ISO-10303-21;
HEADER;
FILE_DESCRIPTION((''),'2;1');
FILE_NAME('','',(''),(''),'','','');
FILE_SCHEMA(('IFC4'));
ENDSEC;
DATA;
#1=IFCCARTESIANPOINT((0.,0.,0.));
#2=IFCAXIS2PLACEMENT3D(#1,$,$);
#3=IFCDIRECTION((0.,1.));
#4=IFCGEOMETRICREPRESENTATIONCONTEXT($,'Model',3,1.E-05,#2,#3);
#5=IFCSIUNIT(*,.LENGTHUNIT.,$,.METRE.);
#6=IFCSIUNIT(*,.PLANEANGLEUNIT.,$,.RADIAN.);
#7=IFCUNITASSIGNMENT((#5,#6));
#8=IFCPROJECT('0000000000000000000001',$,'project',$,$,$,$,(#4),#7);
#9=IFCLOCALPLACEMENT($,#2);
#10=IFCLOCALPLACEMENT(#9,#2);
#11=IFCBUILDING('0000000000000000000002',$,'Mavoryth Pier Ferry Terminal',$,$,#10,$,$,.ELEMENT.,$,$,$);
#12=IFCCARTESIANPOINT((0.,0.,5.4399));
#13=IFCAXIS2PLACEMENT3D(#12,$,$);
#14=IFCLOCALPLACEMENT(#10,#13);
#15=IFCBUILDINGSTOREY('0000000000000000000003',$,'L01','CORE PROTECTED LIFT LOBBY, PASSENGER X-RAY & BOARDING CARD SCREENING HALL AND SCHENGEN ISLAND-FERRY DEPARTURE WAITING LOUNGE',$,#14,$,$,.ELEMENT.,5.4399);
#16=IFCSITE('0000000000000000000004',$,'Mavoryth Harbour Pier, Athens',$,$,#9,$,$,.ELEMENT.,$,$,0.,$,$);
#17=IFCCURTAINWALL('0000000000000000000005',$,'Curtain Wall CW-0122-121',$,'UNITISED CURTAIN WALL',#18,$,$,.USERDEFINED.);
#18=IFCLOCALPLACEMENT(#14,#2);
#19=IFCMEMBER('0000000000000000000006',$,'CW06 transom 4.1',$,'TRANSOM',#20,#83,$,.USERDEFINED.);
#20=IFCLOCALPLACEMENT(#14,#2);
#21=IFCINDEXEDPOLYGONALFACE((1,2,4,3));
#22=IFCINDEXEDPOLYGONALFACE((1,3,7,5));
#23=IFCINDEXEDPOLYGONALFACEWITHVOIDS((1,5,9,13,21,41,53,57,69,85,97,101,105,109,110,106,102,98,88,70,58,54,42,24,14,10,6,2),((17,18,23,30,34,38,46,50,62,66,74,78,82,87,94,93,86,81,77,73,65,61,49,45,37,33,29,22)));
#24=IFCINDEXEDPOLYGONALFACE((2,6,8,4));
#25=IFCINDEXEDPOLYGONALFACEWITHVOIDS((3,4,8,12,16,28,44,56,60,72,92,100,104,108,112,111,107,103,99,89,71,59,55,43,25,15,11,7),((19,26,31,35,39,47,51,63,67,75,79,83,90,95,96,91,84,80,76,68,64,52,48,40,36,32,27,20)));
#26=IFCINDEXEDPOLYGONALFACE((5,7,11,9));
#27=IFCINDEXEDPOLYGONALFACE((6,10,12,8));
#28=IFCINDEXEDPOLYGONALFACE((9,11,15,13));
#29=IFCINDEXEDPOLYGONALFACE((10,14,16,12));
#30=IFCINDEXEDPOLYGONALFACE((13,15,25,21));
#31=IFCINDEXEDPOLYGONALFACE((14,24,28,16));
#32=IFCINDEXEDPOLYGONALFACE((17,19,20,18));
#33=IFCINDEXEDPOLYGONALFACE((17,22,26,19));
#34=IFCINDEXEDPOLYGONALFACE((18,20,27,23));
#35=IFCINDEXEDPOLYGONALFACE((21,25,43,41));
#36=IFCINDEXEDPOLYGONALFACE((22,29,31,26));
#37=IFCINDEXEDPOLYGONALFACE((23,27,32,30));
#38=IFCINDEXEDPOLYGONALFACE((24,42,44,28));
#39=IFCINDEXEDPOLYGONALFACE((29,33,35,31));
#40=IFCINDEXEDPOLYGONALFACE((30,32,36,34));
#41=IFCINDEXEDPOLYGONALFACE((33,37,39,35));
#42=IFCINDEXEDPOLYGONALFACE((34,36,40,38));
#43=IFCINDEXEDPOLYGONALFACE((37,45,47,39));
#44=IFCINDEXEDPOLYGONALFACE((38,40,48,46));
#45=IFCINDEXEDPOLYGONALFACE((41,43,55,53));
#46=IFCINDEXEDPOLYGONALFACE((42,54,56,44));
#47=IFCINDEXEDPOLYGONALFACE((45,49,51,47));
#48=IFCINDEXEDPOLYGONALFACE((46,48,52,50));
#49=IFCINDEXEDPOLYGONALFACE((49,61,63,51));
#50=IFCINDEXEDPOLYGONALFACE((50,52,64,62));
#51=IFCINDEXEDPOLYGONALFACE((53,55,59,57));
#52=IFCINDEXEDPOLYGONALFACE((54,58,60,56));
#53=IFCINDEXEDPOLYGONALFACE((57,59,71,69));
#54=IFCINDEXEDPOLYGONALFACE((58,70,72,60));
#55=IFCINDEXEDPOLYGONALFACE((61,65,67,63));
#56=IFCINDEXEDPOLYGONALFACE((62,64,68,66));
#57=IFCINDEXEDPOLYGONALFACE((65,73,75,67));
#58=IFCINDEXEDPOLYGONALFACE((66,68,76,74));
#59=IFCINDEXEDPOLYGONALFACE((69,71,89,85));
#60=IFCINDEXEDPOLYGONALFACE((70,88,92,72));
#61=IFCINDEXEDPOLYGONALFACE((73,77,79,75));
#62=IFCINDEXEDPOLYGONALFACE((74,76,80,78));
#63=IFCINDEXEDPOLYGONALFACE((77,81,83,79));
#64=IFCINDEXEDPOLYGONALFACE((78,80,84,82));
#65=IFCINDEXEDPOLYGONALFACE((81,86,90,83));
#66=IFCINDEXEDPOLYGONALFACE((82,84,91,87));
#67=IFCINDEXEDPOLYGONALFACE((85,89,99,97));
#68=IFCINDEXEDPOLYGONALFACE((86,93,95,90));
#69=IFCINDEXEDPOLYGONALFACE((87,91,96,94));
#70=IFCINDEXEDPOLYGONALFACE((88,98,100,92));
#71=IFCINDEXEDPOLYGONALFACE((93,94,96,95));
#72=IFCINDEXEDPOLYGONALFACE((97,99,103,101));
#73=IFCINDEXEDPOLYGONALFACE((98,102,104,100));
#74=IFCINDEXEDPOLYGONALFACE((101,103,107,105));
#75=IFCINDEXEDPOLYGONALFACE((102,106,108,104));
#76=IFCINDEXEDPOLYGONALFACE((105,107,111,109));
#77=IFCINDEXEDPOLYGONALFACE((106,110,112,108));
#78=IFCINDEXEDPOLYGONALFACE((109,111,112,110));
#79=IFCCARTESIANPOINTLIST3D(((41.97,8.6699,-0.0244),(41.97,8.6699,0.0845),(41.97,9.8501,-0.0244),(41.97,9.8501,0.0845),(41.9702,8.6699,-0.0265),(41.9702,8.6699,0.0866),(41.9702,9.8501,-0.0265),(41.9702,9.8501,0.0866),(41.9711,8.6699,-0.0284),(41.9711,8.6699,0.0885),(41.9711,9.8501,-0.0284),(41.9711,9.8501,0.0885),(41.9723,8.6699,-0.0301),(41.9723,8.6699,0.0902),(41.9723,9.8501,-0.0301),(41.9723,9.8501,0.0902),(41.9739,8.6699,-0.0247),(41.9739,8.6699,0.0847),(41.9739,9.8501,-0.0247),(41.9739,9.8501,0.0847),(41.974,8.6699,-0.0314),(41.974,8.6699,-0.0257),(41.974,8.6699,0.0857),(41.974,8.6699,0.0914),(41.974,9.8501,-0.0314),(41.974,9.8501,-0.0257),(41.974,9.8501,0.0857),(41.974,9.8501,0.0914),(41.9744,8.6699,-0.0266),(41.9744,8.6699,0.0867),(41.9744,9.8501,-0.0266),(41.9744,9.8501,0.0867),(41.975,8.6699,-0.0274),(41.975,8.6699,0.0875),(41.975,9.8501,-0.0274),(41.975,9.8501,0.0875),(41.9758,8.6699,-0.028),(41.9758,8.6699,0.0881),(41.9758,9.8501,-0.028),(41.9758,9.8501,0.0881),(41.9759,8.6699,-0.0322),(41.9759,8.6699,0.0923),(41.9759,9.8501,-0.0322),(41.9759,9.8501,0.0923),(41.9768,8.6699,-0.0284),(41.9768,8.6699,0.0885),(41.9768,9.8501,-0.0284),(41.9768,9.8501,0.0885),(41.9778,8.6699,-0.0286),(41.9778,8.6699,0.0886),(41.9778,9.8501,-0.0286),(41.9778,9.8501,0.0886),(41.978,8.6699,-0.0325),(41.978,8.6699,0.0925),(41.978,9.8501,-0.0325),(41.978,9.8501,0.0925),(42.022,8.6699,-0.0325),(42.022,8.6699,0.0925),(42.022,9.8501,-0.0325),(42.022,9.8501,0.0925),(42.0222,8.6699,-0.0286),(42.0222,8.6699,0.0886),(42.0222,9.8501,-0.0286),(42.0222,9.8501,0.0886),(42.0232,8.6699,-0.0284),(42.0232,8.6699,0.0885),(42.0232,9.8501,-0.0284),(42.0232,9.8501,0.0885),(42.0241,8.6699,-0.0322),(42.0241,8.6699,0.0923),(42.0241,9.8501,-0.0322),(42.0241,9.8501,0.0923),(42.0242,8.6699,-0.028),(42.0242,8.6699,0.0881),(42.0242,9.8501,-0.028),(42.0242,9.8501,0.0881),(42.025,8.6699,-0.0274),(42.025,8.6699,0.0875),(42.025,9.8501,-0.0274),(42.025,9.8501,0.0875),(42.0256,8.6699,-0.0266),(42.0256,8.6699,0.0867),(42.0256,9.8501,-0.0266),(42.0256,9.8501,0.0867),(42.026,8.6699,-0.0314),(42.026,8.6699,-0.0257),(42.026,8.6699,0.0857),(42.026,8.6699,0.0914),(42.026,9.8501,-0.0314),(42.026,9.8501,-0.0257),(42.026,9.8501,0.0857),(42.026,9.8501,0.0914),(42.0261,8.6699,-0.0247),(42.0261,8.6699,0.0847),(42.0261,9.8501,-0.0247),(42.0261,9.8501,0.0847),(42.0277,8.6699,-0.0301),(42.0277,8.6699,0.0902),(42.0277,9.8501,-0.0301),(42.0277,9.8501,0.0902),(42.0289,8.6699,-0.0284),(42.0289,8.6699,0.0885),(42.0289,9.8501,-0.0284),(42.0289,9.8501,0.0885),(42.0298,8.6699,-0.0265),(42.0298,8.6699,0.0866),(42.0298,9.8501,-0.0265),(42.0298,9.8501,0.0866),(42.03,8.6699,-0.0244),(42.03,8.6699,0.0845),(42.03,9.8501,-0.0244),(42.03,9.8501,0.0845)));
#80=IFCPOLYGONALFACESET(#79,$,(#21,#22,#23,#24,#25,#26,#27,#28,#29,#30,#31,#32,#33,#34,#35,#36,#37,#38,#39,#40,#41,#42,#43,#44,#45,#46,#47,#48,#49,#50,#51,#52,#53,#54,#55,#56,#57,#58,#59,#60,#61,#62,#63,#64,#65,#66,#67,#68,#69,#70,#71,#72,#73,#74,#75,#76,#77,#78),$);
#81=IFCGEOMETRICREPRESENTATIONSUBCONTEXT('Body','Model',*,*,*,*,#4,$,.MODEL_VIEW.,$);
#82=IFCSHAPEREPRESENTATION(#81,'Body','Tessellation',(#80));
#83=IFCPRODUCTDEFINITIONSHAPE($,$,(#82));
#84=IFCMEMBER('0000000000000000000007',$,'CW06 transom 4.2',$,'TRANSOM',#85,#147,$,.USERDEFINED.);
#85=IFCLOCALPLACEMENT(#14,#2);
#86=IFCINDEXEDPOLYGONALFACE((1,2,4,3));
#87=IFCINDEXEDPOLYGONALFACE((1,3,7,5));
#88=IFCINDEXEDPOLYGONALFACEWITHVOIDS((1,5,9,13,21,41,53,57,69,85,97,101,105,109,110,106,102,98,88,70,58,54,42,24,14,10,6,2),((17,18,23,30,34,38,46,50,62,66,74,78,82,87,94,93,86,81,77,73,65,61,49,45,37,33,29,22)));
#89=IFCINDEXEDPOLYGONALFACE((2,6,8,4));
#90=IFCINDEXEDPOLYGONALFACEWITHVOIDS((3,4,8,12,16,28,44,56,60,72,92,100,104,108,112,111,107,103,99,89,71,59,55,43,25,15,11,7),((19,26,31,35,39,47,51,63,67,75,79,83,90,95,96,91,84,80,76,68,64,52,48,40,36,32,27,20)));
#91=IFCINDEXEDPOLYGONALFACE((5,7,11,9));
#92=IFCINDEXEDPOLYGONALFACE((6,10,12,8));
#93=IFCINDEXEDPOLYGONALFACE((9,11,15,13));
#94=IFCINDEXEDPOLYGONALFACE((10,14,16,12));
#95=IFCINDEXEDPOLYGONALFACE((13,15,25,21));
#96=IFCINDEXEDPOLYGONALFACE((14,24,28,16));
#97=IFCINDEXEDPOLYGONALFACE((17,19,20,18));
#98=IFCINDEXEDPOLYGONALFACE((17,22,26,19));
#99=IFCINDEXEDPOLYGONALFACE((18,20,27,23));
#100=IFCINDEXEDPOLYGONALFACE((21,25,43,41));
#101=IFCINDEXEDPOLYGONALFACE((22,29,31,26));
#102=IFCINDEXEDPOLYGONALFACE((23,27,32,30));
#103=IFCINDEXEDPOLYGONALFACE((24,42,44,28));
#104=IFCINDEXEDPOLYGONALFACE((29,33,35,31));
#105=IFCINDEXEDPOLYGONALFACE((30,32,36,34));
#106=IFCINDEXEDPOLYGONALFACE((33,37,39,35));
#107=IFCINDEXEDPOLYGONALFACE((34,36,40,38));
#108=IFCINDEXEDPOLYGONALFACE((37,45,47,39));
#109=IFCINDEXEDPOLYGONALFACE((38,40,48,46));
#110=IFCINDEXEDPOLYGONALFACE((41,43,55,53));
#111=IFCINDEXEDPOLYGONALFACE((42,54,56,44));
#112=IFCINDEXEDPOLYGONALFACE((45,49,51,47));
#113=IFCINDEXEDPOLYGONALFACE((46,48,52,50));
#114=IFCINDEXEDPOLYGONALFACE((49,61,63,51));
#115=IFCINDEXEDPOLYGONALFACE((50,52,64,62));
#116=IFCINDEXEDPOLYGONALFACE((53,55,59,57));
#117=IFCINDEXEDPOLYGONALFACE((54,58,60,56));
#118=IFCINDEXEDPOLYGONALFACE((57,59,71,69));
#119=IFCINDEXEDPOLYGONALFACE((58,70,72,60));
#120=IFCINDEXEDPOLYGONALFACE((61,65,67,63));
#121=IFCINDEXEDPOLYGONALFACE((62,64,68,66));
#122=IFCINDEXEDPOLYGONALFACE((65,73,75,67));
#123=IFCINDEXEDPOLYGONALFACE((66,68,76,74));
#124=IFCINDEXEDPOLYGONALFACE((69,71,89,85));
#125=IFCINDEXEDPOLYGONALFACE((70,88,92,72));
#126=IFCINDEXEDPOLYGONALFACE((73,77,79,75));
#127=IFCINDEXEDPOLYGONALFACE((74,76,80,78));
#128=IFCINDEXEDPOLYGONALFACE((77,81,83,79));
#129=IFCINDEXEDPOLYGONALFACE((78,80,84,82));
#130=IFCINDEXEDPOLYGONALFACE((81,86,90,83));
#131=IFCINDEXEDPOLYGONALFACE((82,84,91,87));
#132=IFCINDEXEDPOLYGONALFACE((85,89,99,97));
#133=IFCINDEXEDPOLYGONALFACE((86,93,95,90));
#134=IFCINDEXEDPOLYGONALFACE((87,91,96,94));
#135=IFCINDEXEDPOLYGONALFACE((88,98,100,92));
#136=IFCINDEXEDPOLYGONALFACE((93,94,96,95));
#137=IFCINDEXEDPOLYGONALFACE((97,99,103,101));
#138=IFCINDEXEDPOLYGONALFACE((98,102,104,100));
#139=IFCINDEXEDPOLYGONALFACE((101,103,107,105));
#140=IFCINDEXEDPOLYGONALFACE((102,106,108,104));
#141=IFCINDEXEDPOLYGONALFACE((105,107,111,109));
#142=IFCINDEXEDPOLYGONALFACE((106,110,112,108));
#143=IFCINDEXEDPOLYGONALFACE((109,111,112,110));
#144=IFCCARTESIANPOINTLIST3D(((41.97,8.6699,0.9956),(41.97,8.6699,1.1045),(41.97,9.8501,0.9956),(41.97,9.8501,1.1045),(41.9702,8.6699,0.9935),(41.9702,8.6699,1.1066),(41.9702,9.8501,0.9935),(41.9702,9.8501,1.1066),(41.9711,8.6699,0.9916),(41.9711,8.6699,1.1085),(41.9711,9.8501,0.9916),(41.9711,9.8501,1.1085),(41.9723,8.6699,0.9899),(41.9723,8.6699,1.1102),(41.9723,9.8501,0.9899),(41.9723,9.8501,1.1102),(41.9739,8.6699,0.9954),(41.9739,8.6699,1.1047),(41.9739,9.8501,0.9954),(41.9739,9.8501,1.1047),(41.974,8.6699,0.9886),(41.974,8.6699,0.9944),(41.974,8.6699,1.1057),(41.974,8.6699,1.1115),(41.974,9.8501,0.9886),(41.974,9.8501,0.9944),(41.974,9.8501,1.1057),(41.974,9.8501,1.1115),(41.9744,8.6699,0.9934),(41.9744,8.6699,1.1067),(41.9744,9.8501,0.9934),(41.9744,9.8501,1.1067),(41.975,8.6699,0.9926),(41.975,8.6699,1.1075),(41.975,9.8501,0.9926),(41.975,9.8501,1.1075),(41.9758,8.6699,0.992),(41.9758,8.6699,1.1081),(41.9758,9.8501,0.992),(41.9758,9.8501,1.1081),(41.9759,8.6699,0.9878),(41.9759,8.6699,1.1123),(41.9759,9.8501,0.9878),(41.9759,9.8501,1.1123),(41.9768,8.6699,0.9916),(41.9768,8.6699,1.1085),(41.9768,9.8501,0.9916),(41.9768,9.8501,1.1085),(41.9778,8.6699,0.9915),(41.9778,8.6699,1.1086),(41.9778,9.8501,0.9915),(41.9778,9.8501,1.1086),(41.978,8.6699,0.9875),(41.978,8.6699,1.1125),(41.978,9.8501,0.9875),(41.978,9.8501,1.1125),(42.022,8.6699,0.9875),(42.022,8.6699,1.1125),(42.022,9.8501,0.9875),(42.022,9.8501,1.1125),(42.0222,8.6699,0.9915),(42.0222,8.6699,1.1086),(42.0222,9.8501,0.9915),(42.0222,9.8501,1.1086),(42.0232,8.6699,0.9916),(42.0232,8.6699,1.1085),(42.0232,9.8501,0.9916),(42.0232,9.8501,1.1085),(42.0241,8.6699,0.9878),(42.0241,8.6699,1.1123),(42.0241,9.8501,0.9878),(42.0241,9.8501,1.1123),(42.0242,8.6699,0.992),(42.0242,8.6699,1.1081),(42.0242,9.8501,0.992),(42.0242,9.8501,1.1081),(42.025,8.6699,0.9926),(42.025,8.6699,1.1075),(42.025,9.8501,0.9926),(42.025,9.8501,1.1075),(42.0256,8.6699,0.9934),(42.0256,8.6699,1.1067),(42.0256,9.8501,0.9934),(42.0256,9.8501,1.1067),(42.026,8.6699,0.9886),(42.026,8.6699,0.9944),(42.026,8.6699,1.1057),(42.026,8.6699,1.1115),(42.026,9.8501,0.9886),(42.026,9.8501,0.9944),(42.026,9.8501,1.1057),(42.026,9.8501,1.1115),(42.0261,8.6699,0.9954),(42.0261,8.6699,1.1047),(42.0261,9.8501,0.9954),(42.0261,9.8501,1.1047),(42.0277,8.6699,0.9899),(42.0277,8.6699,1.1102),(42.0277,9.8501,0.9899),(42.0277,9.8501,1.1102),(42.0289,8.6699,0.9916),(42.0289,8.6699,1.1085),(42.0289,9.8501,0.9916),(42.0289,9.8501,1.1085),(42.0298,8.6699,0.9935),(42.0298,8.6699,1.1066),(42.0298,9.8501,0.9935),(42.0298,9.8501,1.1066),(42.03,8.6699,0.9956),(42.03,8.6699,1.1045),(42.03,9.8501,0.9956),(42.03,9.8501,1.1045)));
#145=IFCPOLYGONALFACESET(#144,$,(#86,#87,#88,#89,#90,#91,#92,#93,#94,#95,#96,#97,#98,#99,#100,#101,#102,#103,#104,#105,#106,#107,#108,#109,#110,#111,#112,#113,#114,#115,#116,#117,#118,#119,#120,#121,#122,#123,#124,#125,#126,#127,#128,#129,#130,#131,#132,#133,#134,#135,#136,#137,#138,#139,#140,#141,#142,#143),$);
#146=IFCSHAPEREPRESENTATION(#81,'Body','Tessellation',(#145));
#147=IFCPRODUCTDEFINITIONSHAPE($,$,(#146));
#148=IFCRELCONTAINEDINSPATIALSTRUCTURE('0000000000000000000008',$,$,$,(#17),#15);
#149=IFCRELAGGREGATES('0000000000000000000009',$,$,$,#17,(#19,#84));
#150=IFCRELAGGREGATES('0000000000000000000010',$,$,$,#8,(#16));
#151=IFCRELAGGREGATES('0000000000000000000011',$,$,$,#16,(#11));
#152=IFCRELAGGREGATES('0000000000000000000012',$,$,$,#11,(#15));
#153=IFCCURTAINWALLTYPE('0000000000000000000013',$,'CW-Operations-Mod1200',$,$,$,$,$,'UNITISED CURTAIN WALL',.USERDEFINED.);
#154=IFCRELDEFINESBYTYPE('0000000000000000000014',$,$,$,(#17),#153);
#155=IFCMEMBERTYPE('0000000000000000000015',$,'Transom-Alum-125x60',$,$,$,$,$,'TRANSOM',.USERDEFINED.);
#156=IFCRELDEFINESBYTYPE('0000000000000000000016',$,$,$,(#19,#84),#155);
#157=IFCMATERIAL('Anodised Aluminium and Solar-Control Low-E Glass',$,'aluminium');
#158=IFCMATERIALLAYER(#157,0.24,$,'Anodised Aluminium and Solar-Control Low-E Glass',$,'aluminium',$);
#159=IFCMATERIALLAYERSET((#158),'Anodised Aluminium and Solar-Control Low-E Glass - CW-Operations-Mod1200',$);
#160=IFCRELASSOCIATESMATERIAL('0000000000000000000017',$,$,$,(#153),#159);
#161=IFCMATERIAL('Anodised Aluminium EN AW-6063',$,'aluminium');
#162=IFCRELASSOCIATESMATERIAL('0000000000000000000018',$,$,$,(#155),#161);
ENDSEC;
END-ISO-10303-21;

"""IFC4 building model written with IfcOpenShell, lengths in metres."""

from ifc_helpers import new_model, si_unit, direction, frame, origin, origin_2d, place, context, subcontext, project, spatial, hollow_rectangle, extrude, material, layer, layer_set, material_profile, profile_set, type_object, element, aggregate, save


model = new_model("IFC4")

# Units and contexts
model_context = context("Model", 3, precision=1e-05, world=origin(), true_north=direction((0.0, 1.0)))
body_context = subcontext(model_context, "Body", "Model", "MODEL_VIEW")
ifc_project = project(units=[si_unit("LENGTHUNIT", "METRE"), si_unit("PLANEANGLEUNIT", "RADIAN")], contexts=[model_context])

# Site, building, storey
site_placement = place(None, origin())
site = spatial("IfcSite", under=ifc_project, at=site_placement, Name="Mavoryth Harbour Pier, Athens", CompositionType="ELEMENT", RefElevation=0.0)
building_placement = place(site_placement, origin())
building = spatial("IfcBuilding", under=site, at=building_placement, Name="Mavoryth Pier Ferry Terminal", CompositionType="ELEMENT")
storey_placement = place(building_placement, frame((0.0, 0.0, 5.4399)))
storey = spatial("IfcBuildingStorey", under=building, at=storey_placement, Name="L01", Description="CORE PROTECTED LIFT LOBBY, PASSENGER X-RAY & BOARDING CARD SCREENING HALL AND SCHENGEN ISLAND-FERRY DEPARTURE WAITING LOUNGE", CompositionType="ELEMENT", Elevation=5.4399)

# Curtain wall
ifc_material_1 = material(Name="Anodised Aluminium and Solar-Control Low-E Glass", Category="aluminium")
ifc_layer_1 = layer(ifc_material_1, 0.24, Name="Anodised Aluminium and Solar-Control Low-E Glass", Category="aluminium")
ifc_layer_set_1 = layer_set([ifc_layer_1], Name="Anodised Aluminium and Solar-Control Low-E Glass - CW-Operations-Mod1200")
curtain_wall_type = type_object("IfcCurtainWallType", Name="CW-Operations-Mod1200", ElementType="UNITISED CURTAIN WALL", PredefinedType="USERDEFINED", material=ifc_layer_set_1)
ifc_material_2 = material(Name="Anodised Aluminium EN AW-6063", Category="aluminium")
curtain_wall_1_placement = place(storey_placement, origin())
curtain_wall_1 = element("IfcCurtainWall", 1, at=curtain_wall_1_placement, inside=storey, type_object=curtain_wall_type, Name="Curtain Wall CW-0122-121", ObjectType="UNITISED CURTAIN WALL", PredefinedType="USERDEFINED")

# Members
ifc_material_profile_1 = material_profile(ifc_material_2, hollow_rectangle(XDim=0.0601, YDim=0.125, WallThickness=0.0039, InnerFilletRadius=0.0039, OuterFilletRadius=0.0081, at=origin_2d()), Name="AL-TRAN 125x60x4", Category="aluminium")
ifc_profile_set_1 = profile_set([ifc_material_profile_1], Name="Anodised Aluminium EN AW-6063 - AL-TRAN 125x60x4")
member_type_1 = type_object("IfcMemberType", Name="Transom-Alum-125x60", ElementType="TRANSOM", PredefinedType="USERDEFINED", material=ifc_profile_set_1)
member_1_placement = place(storey_placement, frame((42.0, 9.8501, 0.03), z_axis=(0.0, -1.0, 0.0), x_axis=(1.0, 0.0, 0.0)))
member_1 = element("IfcMember", 2, at=member_1_placement, type_object=member_type_1, Name="CW06 transom 4.1", ObjectType="TRANSOM", PredefinedType="USERDEFINED", context=body_context, shape_type="SweptSolid", body=[
    extrude(hollow_rectangle(XDim=0.0601, YDim=0.125, WallThickness=0.0039, InnerFilletRadius=0.0039, OuterFilletRadius=0.0081, at=origin_2d()), origin(), (0.0, 0.0, 1.0), 1.1802),
])
member_2_placement = place(storey_placement, frame((42.0, 9.8501, 1.05), z_axis=(0.0, -1.0, 0.0), x_axis=(1.0, 0.0, 0.0)))
member_2 = element("IfcMember", 3, at=member_2_placement, type_object=member_type_1, Name="CW06 transom 4.2", ObjectType="TRANSOM", PredefinedType="USERDEFINED", context=body_context, shape_type="SweptSolid", body=[
    extrude(hollow_rectangle(XDim=0.0601, YDim=0.125, WallThickness=0.0039, InnerFilletRadius=0.0039, OuterFilletRadius=0.0081, at=origin_2d()), origin(), (0.0, 0.0, 1.0), 1.1802),
])

aggregate(curtain_wall_1, [member_1, member_2])

save(model, "model.ifc")
